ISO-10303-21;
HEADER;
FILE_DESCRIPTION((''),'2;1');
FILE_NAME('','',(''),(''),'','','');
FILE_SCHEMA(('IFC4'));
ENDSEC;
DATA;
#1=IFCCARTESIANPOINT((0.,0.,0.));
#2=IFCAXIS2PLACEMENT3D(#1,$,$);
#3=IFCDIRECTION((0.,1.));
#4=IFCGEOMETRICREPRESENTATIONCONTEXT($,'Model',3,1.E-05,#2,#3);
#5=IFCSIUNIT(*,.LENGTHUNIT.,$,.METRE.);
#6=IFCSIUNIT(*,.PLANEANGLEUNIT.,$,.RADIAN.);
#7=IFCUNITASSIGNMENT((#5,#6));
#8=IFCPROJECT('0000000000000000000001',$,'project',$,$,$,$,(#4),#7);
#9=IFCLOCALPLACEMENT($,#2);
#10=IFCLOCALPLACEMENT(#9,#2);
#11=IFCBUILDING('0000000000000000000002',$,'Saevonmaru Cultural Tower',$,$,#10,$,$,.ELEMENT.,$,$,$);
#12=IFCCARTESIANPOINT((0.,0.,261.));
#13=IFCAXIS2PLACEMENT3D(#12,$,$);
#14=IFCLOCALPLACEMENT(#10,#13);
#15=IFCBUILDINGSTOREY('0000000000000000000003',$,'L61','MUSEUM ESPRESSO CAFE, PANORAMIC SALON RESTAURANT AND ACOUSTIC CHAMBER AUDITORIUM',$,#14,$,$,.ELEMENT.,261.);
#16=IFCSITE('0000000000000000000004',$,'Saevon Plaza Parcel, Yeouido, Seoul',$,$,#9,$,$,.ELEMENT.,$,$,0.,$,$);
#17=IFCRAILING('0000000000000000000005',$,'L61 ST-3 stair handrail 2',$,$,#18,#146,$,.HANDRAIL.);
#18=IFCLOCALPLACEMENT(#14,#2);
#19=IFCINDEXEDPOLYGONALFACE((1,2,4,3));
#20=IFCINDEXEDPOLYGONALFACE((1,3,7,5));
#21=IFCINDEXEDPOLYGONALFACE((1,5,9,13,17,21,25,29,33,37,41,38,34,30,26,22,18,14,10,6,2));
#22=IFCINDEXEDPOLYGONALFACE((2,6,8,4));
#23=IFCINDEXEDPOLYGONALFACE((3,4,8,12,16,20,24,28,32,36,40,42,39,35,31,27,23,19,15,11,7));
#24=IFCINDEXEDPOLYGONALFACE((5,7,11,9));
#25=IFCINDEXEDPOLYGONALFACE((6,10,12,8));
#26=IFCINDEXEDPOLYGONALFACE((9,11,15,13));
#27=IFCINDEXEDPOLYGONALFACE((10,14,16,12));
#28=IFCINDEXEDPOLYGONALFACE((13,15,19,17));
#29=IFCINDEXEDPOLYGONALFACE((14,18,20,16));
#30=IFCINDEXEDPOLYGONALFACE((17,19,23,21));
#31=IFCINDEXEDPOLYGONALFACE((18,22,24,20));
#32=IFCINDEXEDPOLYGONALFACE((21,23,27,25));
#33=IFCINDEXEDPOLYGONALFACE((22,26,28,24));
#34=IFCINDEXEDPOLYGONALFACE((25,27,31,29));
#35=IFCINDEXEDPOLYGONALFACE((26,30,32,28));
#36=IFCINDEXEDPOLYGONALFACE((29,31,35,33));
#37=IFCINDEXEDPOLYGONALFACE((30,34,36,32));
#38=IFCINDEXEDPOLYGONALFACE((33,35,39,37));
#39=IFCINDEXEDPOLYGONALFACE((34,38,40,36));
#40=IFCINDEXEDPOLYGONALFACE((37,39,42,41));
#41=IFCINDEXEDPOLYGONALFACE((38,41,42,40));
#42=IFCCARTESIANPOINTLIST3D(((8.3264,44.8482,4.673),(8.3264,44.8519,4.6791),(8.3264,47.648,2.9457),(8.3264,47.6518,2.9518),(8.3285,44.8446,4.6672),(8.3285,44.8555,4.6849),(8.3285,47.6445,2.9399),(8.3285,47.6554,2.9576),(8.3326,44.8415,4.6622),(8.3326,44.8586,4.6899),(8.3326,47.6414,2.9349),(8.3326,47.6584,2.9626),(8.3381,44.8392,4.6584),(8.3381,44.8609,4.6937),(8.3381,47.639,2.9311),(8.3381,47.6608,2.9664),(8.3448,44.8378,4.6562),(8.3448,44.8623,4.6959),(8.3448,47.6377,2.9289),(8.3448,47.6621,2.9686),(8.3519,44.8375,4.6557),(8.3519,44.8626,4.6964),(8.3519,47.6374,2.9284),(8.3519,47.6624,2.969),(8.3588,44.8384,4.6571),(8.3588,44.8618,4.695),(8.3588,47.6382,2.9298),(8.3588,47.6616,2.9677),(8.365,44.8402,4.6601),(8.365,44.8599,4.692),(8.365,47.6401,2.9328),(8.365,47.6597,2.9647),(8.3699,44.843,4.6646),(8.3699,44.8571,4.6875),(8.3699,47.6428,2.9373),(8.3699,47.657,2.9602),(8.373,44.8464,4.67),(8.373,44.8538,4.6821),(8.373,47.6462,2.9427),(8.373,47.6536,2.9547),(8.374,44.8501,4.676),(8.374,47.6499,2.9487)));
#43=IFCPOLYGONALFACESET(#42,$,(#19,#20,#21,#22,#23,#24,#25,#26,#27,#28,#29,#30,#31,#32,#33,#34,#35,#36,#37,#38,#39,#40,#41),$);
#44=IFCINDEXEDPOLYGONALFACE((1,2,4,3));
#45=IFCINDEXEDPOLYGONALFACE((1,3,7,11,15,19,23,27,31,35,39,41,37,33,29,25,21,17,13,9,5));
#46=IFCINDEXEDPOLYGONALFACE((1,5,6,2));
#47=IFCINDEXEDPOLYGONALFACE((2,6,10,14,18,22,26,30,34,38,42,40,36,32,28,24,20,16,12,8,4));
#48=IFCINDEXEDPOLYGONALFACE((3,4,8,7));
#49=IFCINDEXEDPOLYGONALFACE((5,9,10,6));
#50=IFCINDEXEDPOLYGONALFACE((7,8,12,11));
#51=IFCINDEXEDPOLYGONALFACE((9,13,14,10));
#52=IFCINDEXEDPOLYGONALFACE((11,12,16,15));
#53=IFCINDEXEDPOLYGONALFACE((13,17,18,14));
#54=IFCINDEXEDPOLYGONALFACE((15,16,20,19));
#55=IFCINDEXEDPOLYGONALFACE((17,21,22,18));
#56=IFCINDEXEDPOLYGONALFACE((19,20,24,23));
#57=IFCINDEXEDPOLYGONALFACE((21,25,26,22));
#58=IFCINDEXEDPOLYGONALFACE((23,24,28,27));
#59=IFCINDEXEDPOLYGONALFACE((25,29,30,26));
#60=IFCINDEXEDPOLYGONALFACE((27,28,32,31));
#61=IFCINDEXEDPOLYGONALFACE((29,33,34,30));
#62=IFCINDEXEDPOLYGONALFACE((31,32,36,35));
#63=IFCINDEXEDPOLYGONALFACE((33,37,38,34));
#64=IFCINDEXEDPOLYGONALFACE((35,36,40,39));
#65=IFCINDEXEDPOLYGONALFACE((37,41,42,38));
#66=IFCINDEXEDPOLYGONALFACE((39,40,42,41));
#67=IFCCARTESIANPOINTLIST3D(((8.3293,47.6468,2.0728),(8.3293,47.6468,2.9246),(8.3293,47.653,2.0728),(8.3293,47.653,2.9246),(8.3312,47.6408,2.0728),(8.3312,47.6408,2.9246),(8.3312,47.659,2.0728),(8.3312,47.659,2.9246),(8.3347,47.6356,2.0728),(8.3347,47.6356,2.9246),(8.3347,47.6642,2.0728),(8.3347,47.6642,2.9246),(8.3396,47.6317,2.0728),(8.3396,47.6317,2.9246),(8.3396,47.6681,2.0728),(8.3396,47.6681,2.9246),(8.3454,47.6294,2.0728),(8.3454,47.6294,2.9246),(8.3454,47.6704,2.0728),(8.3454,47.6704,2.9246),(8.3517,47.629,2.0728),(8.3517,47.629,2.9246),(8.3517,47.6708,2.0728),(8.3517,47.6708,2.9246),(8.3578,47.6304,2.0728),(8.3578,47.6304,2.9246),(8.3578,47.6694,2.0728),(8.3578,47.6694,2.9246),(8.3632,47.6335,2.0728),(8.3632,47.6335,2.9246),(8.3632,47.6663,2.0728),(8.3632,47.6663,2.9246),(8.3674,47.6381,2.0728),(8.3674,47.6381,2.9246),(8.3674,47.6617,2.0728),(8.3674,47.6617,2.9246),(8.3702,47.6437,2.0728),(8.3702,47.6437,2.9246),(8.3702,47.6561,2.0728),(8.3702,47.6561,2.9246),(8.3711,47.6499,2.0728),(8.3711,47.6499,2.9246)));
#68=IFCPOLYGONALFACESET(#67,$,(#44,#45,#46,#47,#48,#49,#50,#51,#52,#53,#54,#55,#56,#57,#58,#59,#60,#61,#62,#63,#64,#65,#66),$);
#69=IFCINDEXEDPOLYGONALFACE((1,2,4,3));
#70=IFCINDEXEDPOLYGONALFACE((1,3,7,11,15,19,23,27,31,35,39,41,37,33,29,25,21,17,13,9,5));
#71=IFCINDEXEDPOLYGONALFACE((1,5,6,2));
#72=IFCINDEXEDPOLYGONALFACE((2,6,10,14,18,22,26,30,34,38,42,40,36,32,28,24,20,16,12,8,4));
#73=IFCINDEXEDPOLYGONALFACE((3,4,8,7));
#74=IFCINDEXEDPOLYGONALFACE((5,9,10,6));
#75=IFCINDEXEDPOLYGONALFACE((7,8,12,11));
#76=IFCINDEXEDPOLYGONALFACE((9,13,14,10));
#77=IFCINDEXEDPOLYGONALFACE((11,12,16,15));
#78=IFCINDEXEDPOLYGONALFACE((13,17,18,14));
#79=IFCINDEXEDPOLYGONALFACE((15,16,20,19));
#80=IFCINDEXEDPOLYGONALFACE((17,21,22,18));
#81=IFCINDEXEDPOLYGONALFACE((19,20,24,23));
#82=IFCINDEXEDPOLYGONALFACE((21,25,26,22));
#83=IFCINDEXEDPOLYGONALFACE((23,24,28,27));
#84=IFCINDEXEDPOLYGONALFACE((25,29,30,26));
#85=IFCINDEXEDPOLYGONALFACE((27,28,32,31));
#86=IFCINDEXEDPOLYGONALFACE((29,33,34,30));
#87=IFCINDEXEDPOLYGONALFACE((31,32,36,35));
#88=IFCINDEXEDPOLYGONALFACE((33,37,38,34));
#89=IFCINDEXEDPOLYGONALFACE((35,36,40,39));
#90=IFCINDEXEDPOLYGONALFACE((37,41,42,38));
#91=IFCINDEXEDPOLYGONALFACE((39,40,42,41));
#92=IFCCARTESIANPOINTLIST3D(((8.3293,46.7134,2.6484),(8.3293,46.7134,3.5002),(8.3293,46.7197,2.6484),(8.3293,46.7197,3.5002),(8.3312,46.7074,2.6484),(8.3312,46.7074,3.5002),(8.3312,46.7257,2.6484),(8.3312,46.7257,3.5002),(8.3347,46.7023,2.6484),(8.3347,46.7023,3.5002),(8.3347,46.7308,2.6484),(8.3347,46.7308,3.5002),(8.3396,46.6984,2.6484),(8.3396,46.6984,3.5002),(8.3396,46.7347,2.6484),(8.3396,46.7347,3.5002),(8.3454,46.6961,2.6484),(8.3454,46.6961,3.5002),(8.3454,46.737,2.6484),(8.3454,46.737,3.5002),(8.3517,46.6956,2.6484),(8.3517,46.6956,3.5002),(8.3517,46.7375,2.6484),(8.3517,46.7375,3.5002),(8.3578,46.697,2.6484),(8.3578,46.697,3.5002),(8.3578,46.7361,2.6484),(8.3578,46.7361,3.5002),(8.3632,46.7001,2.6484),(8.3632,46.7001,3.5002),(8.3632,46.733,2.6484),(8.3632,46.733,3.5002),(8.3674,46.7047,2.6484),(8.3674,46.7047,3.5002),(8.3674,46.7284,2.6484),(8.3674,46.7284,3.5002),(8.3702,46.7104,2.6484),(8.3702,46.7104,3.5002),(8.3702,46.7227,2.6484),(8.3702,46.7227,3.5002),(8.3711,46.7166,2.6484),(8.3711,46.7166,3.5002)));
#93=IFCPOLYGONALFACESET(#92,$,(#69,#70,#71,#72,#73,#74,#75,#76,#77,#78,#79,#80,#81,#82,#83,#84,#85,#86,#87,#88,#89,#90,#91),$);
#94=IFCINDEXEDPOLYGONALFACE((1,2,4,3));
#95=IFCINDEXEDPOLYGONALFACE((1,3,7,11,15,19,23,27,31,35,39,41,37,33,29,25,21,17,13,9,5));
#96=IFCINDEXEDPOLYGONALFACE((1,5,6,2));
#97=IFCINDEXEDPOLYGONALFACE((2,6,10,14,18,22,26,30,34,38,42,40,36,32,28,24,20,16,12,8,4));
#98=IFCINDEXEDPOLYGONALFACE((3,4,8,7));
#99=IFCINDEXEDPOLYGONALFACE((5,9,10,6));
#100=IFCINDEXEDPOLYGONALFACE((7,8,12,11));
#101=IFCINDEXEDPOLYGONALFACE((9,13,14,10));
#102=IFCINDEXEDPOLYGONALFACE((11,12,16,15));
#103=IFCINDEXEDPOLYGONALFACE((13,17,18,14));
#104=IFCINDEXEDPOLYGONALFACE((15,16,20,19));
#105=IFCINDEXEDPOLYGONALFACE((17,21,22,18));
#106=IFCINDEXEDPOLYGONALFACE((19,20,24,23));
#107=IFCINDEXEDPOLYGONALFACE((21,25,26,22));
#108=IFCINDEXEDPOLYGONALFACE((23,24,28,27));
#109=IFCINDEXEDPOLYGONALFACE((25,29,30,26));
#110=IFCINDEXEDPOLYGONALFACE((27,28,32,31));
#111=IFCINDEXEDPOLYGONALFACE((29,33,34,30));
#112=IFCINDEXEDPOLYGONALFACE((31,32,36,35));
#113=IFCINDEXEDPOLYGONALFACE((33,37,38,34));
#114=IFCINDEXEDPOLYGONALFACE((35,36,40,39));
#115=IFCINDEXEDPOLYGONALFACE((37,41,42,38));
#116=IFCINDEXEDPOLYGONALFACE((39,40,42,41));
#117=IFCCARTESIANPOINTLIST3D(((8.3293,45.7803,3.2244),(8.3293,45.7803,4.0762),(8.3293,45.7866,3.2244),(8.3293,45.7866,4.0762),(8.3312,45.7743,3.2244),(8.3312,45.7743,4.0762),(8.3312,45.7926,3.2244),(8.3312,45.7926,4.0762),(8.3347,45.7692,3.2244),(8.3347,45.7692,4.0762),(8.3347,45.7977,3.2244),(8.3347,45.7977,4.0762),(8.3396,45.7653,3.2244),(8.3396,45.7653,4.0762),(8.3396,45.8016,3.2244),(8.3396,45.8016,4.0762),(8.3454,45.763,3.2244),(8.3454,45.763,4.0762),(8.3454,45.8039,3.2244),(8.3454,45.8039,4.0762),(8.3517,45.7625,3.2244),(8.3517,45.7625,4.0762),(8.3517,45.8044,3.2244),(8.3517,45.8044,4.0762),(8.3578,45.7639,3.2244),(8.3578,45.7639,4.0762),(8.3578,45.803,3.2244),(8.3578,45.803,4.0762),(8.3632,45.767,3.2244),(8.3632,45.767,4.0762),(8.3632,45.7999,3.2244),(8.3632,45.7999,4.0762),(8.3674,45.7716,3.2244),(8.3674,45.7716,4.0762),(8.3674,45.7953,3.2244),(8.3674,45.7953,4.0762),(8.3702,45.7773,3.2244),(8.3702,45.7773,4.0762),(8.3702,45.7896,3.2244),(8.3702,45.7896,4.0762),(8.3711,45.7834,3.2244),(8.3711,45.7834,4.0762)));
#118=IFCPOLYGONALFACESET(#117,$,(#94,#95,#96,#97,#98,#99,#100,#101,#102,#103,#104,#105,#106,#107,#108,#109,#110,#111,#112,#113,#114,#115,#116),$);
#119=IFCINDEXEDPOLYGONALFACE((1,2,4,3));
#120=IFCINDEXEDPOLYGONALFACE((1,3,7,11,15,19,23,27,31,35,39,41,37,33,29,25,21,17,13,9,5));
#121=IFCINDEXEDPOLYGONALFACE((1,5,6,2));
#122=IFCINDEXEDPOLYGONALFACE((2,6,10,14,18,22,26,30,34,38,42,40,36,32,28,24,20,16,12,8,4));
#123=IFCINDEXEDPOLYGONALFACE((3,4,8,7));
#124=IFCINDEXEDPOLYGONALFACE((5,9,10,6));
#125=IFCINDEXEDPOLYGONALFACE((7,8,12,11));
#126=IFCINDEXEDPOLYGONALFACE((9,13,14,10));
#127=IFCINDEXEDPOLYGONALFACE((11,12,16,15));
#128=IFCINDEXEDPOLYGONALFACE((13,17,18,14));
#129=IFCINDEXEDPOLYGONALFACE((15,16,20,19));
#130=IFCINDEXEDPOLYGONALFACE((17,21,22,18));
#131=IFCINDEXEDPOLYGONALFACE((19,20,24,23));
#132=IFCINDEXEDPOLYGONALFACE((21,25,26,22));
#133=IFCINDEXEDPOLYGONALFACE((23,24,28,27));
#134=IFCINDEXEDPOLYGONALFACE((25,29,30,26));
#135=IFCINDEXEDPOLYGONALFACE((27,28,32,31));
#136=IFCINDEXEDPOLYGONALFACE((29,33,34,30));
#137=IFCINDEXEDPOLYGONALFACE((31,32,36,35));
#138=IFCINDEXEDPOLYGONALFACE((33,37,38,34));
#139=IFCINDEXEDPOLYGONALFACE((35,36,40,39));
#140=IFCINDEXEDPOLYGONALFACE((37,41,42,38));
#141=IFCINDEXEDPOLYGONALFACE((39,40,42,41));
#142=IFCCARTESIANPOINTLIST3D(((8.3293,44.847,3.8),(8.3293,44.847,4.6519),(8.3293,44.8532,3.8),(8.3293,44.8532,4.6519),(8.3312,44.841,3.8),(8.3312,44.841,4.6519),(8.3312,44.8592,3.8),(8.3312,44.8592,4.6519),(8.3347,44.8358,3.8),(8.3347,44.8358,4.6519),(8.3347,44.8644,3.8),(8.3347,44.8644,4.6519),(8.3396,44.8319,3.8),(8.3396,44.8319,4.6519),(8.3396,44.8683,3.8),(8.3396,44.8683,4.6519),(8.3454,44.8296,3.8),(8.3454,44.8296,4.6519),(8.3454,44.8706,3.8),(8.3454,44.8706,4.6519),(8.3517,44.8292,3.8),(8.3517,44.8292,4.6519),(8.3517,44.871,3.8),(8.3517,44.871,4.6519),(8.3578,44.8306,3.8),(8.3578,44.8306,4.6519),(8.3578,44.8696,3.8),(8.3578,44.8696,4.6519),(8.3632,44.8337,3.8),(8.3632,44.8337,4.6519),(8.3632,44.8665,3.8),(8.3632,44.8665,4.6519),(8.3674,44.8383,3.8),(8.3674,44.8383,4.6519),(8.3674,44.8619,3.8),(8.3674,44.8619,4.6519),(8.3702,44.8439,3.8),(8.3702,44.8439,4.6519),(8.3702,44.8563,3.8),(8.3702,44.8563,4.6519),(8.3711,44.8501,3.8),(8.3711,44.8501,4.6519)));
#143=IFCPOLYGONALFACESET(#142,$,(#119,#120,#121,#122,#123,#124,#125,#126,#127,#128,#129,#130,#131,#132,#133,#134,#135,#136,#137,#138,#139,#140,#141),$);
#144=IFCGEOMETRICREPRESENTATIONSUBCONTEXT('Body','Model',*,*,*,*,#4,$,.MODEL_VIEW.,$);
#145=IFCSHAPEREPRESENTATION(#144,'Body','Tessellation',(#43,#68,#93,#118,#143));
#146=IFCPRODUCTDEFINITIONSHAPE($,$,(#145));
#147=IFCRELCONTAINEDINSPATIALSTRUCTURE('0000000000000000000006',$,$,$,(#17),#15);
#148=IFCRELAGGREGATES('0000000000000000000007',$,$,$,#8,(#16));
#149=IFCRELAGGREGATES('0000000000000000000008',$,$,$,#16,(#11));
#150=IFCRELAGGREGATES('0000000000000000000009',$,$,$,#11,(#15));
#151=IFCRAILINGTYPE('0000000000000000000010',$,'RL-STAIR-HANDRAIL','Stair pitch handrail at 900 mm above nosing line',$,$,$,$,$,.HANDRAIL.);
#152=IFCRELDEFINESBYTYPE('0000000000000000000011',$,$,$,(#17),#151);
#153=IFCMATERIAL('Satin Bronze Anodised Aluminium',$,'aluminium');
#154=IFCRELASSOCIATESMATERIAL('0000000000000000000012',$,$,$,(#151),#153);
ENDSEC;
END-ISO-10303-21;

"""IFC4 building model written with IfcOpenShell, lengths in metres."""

from ifc_helpers import new_model, si_unit, direction, frame, origin, origin_2d, place, context, subcontext, project, spatial, circle, extrude, material, type_object, element, save


model = new_model("IFC4")

# Units and contexts
model_context = context("Model", 3, precision=1e-05, world=origin(), true_north=direction((0.0, 1.0)))
body_context = subcontext(model_context, "Body", "Model", "MODEL_VIEW")
ifc_project = project(units=[si_unit("LENGTHUNIT", "METRE"), si_unit("PLANEANGLEUNIT", "RADIAN")], contexts=[model_context])

# Site, building, storey
site_placement = place(None, origin())
site = spatial("IfcSite", under=ifc_project, at=site_placement, Name="Saevon Plaza Parcel, Yeouido, Seoul", CompositionType="ELEMENT", RefElevation=0.0)
building_placement = place(site_placement, origin())
building = spatial("IfcBuilding", under=site, at=building_placement, Name="Saevonmaru Cultural Tower", CompositionType="ELEMENT")
storey_placement = place(building_placement, frame((0.0, 0.0, 261.0)))
storey = spatial("IfcBuildingStorey", under=building, at=storey_placement, Name="L61", Description="MUSEUM ESPRESSO CAFE, PANORAMIC SALON RESTAURANT AND ACOUSTIC CHAMBER AUDITORIUM", CompositionType="ELEMENT", Elevation=261.0)

# Shared definitions
ifc_material_1 = material(Name="Satin Bronze Anodised Aluminium", Category="aluminium")

# Railing
railing_type_1 = type_object("IfcRailingType", Name="RL-STAIR-HANDRAIL", Description="Stair pitch handrail at 900 mm above nosing line", PredefinedType="HANDRAIL", material=ifc_material_1)
railing_1_placement = place(storey_placement, frame((8.3501, 47.6499, 2.0728)))
element("IfcRailing", 1, at=railing_1_placement, inside=storey, type_object=railing_type_1, Name="L61 ST-3 stair handrail 2", PredefinedType="HANDRAIL", context=body_context, shape_type="SweptSolid", body=[
    extrude(circle(Radius=0.0239, at=origin_2d()), frame((0.0, 0.0, 0.876), z_axis=(0.0, -0.851069, 0.525054), x_axis=(1.0, 0.0, 0.0)), (0.0, 0.0, 1.0), 3.2898),
    extrude(circle(Radius=0.021, at=origin_2d()), origin(), (0.0, 0.0, 1.0), 0.8518),
    extrude(circle(Radius=0.021, at=origin_2d()), frame((0.0, -0.9333, 0.5757)), (0.0, 0.0, 1.0), 0.8518),
    extrude(circle(Radius=0.021, at=origin_2d()), frame((0.0, -1.8665, 1.1516)), (0.0, 0.0, 1.0), 0.8518),
    extrude(circle(Radius=0.021, at=origin_2d()), frame((0.0, -2.7998, 1.7273)), (0.0, 0.0, 1.0), 0.8518),
])

save(model, "model.ifc")
